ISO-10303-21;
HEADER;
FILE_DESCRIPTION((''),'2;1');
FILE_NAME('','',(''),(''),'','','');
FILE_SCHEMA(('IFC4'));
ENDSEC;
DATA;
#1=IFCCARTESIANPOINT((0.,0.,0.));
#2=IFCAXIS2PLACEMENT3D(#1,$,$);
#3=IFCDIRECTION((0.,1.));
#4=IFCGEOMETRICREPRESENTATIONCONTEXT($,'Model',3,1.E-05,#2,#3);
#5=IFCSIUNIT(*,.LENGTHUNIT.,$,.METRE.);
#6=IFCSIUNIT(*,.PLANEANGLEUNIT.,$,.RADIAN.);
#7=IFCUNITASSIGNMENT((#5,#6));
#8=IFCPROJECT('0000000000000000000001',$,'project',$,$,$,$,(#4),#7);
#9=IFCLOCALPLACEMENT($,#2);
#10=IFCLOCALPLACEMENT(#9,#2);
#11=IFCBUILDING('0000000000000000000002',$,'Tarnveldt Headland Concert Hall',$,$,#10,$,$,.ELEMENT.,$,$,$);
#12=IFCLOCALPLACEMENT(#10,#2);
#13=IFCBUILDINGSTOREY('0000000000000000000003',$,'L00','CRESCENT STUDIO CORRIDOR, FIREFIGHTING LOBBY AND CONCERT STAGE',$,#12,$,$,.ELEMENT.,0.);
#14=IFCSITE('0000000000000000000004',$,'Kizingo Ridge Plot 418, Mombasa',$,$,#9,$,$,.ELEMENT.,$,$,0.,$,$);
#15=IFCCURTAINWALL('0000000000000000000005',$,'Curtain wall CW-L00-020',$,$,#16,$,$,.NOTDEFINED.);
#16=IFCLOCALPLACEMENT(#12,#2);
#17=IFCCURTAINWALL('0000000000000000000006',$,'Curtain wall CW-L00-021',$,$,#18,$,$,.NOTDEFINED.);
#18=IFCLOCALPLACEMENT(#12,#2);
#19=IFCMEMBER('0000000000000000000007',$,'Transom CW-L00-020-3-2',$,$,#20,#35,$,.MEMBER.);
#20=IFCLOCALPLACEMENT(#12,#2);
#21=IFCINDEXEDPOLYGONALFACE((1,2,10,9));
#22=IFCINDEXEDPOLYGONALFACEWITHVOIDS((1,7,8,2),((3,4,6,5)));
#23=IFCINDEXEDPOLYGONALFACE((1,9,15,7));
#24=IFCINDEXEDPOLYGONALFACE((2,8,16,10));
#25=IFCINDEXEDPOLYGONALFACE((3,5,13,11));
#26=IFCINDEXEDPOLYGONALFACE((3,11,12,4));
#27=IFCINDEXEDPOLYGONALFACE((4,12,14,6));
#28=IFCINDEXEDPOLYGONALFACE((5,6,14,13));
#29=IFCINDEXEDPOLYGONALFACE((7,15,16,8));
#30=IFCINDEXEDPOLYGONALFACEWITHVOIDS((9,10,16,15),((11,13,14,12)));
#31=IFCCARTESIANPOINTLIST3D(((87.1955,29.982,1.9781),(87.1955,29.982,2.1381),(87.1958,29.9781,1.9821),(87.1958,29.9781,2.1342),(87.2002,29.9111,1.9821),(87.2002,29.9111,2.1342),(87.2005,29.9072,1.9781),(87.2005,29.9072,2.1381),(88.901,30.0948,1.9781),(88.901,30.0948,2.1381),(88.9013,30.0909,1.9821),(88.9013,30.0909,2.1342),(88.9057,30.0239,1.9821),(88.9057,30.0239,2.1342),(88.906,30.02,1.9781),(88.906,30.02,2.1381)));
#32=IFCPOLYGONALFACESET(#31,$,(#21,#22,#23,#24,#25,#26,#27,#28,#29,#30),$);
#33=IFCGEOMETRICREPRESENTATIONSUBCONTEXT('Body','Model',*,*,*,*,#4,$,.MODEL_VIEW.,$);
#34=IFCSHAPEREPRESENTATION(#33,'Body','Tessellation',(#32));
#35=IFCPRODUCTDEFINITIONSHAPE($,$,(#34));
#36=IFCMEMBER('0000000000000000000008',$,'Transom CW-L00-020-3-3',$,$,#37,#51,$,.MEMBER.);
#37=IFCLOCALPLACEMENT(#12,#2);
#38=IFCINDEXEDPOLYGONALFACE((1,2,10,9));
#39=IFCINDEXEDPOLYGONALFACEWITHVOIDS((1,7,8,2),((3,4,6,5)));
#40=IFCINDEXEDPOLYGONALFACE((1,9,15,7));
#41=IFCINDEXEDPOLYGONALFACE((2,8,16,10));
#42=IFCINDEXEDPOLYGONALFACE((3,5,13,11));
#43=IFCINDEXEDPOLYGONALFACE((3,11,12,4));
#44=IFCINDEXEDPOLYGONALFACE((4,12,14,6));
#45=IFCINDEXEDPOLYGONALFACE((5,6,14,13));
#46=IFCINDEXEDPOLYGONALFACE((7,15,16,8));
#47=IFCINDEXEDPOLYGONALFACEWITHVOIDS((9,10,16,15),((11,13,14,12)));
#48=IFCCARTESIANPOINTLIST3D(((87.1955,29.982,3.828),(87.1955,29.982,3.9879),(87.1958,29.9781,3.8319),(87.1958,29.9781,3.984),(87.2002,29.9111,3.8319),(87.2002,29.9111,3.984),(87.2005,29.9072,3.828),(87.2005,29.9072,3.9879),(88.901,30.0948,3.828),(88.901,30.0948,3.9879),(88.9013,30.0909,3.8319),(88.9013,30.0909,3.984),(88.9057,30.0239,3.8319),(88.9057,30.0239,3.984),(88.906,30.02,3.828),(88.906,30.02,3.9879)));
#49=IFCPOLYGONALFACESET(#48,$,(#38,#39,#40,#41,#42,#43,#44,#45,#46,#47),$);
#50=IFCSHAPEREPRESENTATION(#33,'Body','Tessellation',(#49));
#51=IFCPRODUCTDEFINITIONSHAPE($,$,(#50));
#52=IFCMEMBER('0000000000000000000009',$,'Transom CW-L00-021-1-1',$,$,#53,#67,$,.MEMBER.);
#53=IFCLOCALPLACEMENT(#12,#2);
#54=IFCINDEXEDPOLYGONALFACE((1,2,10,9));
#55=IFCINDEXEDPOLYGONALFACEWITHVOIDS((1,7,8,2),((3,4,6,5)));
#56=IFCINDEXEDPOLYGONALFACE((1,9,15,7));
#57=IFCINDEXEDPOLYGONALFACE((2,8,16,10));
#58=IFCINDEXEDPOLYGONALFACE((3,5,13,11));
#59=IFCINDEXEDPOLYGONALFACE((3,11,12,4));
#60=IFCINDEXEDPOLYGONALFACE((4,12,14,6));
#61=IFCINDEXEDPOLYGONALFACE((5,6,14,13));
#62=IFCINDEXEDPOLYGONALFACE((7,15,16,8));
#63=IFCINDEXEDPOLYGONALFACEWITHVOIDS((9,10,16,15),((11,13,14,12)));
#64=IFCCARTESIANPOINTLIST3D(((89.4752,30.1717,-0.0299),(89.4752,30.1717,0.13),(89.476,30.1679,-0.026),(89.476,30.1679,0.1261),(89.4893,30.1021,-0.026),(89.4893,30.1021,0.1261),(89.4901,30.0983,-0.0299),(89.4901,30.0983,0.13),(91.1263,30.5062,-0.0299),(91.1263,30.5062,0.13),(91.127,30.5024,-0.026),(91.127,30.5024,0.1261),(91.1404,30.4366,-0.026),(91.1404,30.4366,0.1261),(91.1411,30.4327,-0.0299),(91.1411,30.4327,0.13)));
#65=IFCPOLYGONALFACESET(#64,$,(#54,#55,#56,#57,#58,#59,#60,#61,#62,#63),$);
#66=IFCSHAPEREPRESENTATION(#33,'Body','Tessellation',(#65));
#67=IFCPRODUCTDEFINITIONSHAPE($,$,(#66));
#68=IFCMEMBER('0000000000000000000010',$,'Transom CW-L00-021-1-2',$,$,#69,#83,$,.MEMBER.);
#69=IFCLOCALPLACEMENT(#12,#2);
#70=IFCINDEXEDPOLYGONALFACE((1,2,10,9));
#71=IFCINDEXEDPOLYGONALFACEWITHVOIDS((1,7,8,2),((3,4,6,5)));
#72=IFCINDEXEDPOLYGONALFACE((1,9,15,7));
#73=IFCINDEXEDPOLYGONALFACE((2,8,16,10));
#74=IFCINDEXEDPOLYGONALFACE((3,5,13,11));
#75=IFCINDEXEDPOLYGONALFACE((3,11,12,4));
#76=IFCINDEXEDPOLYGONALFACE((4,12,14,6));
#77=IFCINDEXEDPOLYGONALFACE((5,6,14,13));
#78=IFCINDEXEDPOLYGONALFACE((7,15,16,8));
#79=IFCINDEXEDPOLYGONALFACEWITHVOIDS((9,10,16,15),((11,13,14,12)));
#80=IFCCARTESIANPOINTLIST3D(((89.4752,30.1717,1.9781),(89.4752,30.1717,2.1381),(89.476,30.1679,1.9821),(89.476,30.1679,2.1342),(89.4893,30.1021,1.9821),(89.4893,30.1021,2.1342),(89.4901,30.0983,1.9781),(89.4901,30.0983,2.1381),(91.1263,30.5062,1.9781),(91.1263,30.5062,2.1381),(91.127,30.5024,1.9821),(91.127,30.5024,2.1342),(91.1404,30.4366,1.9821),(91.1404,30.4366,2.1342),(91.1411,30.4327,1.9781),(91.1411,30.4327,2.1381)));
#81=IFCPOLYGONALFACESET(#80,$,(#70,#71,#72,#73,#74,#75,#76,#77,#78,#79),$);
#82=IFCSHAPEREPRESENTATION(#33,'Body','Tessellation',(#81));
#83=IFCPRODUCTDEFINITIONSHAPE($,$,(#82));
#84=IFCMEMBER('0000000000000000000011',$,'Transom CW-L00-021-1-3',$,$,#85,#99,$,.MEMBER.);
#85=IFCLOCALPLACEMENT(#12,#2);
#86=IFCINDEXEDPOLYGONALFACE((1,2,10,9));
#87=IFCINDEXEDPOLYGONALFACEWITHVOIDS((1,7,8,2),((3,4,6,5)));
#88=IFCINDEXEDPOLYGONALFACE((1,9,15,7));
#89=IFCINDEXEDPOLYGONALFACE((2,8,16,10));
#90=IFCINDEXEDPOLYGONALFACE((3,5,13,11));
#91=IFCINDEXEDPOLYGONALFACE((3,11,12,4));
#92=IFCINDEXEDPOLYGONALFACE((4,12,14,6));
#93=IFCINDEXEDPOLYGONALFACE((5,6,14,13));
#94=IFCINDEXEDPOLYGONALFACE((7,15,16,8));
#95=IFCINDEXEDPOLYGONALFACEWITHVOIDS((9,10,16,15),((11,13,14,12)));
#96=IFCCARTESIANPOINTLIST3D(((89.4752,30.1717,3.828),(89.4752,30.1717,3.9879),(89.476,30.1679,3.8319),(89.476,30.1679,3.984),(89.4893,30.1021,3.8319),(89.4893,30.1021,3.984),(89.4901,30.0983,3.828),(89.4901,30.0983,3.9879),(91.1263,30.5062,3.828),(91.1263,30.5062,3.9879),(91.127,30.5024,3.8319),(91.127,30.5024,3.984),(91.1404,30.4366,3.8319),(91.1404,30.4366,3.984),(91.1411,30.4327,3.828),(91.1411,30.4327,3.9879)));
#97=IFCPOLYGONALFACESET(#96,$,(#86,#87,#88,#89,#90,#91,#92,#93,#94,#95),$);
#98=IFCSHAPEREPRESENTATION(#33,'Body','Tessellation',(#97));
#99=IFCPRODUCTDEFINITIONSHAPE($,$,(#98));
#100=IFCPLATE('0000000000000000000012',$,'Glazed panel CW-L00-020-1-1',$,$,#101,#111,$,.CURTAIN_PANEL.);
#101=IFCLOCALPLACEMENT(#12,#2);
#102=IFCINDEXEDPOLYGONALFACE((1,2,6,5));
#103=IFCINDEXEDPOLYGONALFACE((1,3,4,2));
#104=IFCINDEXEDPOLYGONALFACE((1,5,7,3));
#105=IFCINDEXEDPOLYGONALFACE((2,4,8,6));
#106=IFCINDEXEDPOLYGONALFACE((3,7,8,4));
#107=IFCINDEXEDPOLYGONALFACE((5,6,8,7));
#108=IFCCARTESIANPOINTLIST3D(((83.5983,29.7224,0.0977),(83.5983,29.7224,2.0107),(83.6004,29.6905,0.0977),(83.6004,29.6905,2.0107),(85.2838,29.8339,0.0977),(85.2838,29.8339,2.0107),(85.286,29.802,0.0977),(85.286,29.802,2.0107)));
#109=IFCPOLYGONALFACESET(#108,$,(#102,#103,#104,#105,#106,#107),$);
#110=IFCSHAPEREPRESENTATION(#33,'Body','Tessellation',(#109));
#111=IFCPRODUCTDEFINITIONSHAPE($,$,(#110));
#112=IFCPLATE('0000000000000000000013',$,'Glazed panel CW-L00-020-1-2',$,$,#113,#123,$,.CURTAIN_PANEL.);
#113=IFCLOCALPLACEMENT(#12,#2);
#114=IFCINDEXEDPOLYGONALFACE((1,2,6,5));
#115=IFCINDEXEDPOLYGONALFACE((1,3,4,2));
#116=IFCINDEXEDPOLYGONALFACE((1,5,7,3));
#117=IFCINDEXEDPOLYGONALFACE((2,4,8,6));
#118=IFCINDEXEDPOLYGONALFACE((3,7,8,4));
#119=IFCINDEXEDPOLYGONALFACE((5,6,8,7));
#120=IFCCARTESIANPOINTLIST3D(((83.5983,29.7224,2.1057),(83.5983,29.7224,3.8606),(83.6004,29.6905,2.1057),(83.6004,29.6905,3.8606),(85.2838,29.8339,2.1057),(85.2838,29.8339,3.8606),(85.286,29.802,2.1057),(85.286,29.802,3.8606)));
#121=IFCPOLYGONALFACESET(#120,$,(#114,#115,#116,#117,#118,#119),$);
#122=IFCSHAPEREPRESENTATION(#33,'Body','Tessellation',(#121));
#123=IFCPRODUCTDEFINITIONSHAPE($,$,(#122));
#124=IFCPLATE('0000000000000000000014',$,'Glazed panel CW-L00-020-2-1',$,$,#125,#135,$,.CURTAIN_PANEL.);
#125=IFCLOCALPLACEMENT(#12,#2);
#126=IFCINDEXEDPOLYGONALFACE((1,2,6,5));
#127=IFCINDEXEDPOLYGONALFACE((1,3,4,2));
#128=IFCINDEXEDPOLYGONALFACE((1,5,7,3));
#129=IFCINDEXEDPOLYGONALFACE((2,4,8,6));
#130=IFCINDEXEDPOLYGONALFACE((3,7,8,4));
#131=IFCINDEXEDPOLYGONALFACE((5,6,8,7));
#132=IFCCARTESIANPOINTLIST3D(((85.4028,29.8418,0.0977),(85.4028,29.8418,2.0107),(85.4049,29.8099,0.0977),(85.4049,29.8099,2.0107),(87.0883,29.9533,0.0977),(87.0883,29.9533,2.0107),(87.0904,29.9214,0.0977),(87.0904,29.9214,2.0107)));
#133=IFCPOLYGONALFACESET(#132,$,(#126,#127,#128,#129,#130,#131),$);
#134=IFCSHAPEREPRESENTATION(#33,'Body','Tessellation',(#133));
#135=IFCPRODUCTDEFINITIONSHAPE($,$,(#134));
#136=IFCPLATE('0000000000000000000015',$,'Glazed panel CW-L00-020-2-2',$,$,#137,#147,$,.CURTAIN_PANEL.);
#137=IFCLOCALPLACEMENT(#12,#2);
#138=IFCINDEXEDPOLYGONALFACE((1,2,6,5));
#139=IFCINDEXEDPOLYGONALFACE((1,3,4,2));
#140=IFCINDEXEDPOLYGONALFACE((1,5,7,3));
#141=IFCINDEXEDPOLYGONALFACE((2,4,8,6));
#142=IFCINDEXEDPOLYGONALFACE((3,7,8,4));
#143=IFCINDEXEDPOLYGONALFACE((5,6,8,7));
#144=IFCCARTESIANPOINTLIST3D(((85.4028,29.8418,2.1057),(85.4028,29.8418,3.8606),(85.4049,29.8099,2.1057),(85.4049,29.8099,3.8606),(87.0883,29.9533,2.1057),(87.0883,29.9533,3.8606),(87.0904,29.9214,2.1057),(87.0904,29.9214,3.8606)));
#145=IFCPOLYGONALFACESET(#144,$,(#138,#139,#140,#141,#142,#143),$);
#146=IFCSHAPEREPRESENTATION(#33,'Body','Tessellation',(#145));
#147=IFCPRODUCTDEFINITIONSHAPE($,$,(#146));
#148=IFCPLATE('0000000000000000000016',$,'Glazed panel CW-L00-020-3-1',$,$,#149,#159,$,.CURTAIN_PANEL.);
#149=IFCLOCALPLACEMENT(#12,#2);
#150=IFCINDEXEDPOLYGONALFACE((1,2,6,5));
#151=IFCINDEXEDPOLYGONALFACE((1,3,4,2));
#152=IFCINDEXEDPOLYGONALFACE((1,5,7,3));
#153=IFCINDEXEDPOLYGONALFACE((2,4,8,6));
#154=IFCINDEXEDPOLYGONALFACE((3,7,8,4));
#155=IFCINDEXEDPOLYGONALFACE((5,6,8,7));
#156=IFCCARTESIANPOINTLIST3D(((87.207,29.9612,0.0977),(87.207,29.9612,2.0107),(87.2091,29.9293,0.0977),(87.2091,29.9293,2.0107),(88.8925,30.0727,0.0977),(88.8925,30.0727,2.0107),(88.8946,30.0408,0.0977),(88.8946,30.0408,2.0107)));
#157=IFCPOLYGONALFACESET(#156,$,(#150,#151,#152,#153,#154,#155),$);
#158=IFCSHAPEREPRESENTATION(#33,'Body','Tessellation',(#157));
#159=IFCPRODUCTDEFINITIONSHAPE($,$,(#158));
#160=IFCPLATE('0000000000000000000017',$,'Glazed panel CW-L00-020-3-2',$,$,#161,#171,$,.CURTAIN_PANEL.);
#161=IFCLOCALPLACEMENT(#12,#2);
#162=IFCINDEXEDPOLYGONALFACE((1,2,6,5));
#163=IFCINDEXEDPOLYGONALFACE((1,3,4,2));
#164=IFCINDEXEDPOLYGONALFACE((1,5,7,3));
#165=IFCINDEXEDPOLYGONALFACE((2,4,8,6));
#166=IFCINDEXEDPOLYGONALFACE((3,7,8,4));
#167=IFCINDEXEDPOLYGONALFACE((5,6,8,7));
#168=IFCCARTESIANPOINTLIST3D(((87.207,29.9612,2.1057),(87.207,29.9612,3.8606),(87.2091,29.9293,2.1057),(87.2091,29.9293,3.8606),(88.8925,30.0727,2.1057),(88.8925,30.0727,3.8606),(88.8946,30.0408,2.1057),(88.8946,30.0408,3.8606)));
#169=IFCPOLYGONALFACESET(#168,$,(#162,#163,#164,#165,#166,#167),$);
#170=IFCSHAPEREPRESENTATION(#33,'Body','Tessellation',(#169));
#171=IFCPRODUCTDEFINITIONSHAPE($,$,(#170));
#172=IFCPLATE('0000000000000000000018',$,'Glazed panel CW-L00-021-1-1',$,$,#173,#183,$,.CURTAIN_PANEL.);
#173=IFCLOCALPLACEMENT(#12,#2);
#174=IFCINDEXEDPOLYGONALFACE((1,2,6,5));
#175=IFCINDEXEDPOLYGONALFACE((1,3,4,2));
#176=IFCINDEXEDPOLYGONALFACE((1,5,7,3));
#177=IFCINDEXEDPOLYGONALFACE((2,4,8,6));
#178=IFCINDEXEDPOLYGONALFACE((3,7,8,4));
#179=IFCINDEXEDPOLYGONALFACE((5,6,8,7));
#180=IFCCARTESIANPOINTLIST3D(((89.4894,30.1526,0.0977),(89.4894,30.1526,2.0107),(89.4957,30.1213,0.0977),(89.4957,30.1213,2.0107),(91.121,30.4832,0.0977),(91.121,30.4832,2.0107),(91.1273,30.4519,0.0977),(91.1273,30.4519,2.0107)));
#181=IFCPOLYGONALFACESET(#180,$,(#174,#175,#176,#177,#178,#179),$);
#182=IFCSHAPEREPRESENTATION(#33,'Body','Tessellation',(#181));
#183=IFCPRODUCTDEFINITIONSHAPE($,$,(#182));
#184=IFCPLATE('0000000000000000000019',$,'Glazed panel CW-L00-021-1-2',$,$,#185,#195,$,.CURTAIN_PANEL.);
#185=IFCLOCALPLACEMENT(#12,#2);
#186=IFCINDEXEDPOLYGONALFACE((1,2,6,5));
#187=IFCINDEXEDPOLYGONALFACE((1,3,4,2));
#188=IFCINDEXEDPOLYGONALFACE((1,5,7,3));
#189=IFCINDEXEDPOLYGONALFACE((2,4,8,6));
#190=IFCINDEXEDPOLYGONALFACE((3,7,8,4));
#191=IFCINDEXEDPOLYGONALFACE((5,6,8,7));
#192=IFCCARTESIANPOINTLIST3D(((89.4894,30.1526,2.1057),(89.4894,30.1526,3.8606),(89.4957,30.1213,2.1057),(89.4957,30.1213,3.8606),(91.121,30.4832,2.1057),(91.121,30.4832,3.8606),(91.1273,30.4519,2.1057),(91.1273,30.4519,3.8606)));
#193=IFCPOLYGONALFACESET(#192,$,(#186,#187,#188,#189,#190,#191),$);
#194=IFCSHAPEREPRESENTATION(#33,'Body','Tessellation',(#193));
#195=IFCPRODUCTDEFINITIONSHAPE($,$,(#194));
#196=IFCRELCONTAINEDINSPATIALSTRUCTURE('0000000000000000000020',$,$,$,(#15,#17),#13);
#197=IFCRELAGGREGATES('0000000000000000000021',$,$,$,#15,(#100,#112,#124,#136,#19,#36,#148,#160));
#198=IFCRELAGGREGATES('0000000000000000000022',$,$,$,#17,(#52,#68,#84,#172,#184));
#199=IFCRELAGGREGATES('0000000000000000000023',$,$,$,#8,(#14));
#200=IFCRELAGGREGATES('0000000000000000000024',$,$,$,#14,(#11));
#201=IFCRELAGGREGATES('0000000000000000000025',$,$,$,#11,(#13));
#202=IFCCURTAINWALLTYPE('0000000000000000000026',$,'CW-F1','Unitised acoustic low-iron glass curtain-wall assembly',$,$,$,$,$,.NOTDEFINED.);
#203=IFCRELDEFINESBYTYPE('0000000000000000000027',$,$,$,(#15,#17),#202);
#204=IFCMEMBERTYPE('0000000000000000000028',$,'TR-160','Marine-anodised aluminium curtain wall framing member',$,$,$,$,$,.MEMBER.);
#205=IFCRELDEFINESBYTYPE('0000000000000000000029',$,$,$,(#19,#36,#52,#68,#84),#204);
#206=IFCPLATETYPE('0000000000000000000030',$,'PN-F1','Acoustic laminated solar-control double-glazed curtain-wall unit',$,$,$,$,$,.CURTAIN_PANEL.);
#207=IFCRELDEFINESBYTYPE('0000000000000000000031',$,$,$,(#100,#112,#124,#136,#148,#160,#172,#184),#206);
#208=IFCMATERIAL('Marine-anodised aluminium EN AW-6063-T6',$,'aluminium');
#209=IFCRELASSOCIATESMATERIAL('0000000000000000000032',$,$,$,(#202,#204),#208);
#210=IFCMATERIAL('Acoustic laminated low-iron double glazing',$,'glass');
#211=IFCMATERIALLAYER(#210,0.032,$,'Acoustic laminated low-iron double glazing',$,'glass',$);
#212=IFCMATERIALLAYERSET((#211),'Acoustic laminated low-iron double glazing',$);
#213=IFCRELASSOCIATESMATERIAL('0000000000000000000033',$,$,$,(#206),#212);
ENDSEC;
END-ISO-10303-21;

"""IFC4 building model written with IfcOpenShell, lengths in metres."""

from ifc_helpers import new_model, si_unit, direction, frame, origin, origin_2d, place, context, subcontext, project, spatial, rectangle, hollow_rectangle, extrude, material, layer, layer_set, material_profile, profile_set, type_object, element, aggregate, save


model = new_model("IFC4")

# Units and contexts
model_context = context("Model", 3, precision=1e-05, world=origin(), true_north=direction((0.0, 1.0)))
body_context = subcontext(model_context, "Body", "Model", "MODEL_VIEW")
ifc_project = project(units=[si_unit("LENGTHUNIT", "METRE"), si_unit("PLANEANGLEUNIT", "RADIAN")], contexts=[model_context])

# Site, building, storey
site_placement = place(None, origin())
site = spatial("IfcSite", under=ifc_project, at=site_placement, Name="Kizingo Ridge Plot 418, Mombasa", CompositionType="ELEMENT", RefElevation=0.0)
building_placement = place(site_placement, origin())
building = spatial("IfcBuilding", under=site, at=building_placement, Name="Tarnveldt Headland Concert Hall", CompositionType="ELEMENT")
storey_placement = place(building_placement, origin())
storey = spatial("IfcBuildingStorey", under=building, at=storey_placement, Name="L00", Description="CRESCENT STUDIO CORRIDOR, FIREFIGHTING LOBBY AND CONCERT STAGE", CompositionType="ELEMENT", Elevation=0.0)

# Curtain walls
ifc_material_1 = material(Name="Marine-anodised aluminium EN AW-6063-T6", Category="aluminium")
curtain_wall_type = type_object("IfcCurtainWallType", Name="CW-F1", Description="Unitised acoustic low-iron glass curtain-wall assembly", PredefinedType="NOTDEFINED", material=ifc_material_1)
curtain_wall_1_placement = place(storey_placement, origin())
curtain_wall_1 = element("IfcCurtainWall", 1, at=curtain_wall_1_placement, inside=storey, type_object=curtain_wall_type, Name="Curtain wall CW-L00-020", PredefinedType="NOTDEFINED")
curtain_wall_2_placement = place(storey_placement, origin())
curtain_wall_2 = element("IfcCurtainWall", 2, at=curtain_wall_2_placement, inside=storey, type_object=curtain_wall_type, Name="Curtain wall CW-L00-021", PredefinedType="NOTDEFINED")

# Members
ifc_material_profile_1 = material_profile(ifc_material_1, hollow_rectangle(XDim=0.075, YDim=0.1599, WallThickness=0.0039, at=origin_2d()), Name="ALU TRANSOM 75x160x4", Category="aluminium")
ifc_profile_set_1 = profile_set([ifc_material_profile_1], Name="Marine-anodised aluminium EN AW-6063-T6")
member_type_1 = type_object("IfcMemberType", Name="TR-160", Description="Marine-anodised aluminium curtain wall framing member", PredefinedType="MEMBER", material=ifc_profile_set_1)
member_1_placement = place(storey_placement, frame((87.198, 29.9446, 2.0581), z_axis=(0.99782, 0.065988, 0.0), x_axis=(-0.065988, 0.99782, 0.0)))
member_1 = element("IfcMember", 3, at=member_1_placement, type_object=member_type_1, Name="Transom CW-L00-020-3-2", PredefinedType="MEMBER", context=body_context, shape_type="SweptSolid", body=[
    extrude(hollow_rectangle(XDim=0.075, YDim=0.1599, WallThickness=0.0039, at=origin_2d()), origin(), (0.0, 0.0, 1.0), 1.7092),
])
member_2_placement = place(storey_placement, frame((87.198, 29.9446, 3.908), z_axis=(0.99782, 0.065988, 0.0), x_axis=(-0.065988, 0.99782, 0.0)))
member_2 = element("IfcMember", 4, at=member_2_placement, type_object=member_type_1, Name="Transom CW-L00-020-3-3", PredefinedType="MEMBER", context=body_context, shape_type="SweptSolid", body=[
    extrude(hollow_rectangle(XDim=0.075, YDim=0.1599, WallThickness=0.0039, at=origin_2d()), origin(), (0.0, 0.0, 1.0), 1.7092),
])
member_3_placement = place(storey_placement, frame((89.4827, 30.135, 0.05), z_axis=(0.980093, 0.19854, 0.0), x_axis=(-0.19854, 0.980093, 0.0)))
member_3 = element("IfcMember", 5, at=member_3_placement, type_object=member_type_1, Name="Transom CW-L00-021-1-1", PredefinedType="MEMBER", context=body_context, shape_type="SweptSolid", body=[
    extrude(hollow_rectangle(XDim=0.075, YDim=0.1599, WallThickness=0.0039, at=origin_2d()), origin(), (0.0, 0.0, 1.0), 1.6846),
])
member_4_placement = place(storey_placement, frame((89.4827, 30.135, 2.0581), z_axis=(0.980093, 0.19854, 0.0), x_axis=(-0.19854, 0.980093, 0.0)))
member_4 = element("IfcMember", 6, at=member_4_placement, type_object=member_type_1, Name="Transom CW-L00-021-1-2", PredefinedType="MEMBER", context=body_context, shape_type="SweptSolid", body=[
    extrude(hollow_rectangle(XDim=0.075, YDim=0.1599, WallThickness=0.0039, at=origin_2d()), origin(), (0.0, 0.0, 1.0), 1.6846),
])
member_5_placement = place(storey_placement, frame((89.4827, 30.135, 3.908), z_axis=(0.980093, 0.19854, 0.0), x_axis=(-0.19854, 0.980093, 0.0)))
member_5 = element("IfcMember", 7, at=member_5_placement, type_object=member_type_1, Name="Transom CW-L00-021-1-3", PredefinedType="MEMBER", context=body_context, shape_type="SweptSolid", body=[
    extrude(hollow_rectangle(XDim=0.075, YDim=0.1599, WallThickness=0.0039, at=origin_2d()), origin(), (0.0, 0.0, 1.0), 1.6846),
])

# Plates
ifc_material_2 = material(Name="Acoustic laminated low-iron double glazing", Category="glass")
ifc_layer_1 = layer(ifc_material_2, 0.032, Name="Acoustic laminated low-iron double glazing", Category="glass")
ifc_layer_set_1 = layer_set([ifc_layer_1], Name="Acoustic laminated low-iron double glazing")
plate_type = type_object("IfcPlateType", Name="PN-F1", Description="Acoustic laminated solar-control double-glazed curtain-wall unit", PredefinedType="CURTAIN_PANEL", material=ifc_layer_set_1)
plate_1_placement = place(storey_placement, frame((84.4421, 29.7622, 0.0977), z_axis=(0.0, 0.0, 1.0), x_axis=(0.997819, 0.066013, 0.0)))
plate_1 = element("IfcPlate", 8, at=plate_1_placement, type_object=plate_type, Name="Glazed panel CW-L00-020-1-1", PredefinedType="CURTAIN_PANEL", context=body_context, shape_type="SweptSolid", body=[
    extrude(rectangle(XDim=1.6892, YDim=0.032, at=origin_2d()), origin(), (0.0, 0.0, 1.0), 1.9131),
])
plate_2_placement = place(storey_placement, frame((84.4421, 29.7622, 2.1057), z_axis=(0.0, 0.0, 1.0), x_axis=(0.997819, 0.066013, 0.0)))
plate_2 = element("IfcPlate", 9, at=plate_2_placement, type_object=plate_type, Name="Glazed panel CW-L00-020-1-2", PredefinedType="CURTAIN_PANEL", context=body_context, shape_type="SweptSolid", body=[
    extrude(rectangle(XDim=1.6892, YDim=0.032, at=origin_2d()), origin(), (0.0, 0.0, 1.0), 1.7549),
])
plate_3_placement = place(storey_placement, frame((86.2466, 29.8816, 0.0977), z_axis=(0.0, 0.0, 1.0), x_axis=(0.997819, 0.066013, 0.0)))
plate_3 = element("IfcPlate", 10, at=plate_3_placement, type_object=plate_type, Name="Glazed panel CW-L00-020-2-1", PredefinedType="CURTAIN_PANEL", context=body_context, shape_type="SweptSolid", body=[
    extrude(rectangle(XDim=1.6892, YDim=0.032, at=origin_2d()), origin(), (0.0, 0.0, 1.0), 1.9131),
])
plate_4_placement = place(storey_placement, frame((86.2466, 29.8816, 2.1057), z_axis=(0.0, 0.0, 1.0), x_axis=(0.997819, 0.066013, 0.0)))
plate_4 = element("IfcPlate", 11, at=plate_4_placement, type_object=plate_type, Name="Glazed panel CW-L00-020-2-2", PredefinedType="CURTAIN_PANEL", context=body_context, shape_type="SweptSolid", body=[
    extrude(rectangle(XDim=1.6892, YDim=0.032, at=origin_2d()), origin(), (0.0, 0.0, 1.0), 1.7549),
])
plate_5_placement = place(storey_placement, frame((88.0508, 30.001, 0.0977), z_axis=(0.0, 0.0, 1.0), x_axis=(0.997819, 0.066013, 0.0)))
plate_5 = element("IfcPlate", 12, at=plate_5_placement, type_object=plate_type, Name="Glazed panel CW-L00-020-3-1", PredefinedType="CURTAIN_PANEL", context=body_context, shape_type="SweptSolid", body=[
    extrude(rectangle(XDim=1.6892, YDim=0.032, at=origin_2d()), origin(), (0.0, 0.0, 1.0), 1.9131),
])
plate_6_placement = place(storey_placement, frame((88.0508, 30.001, 2.1057), z_axis=(0.0, 0.0, 1.0), x_axis=(0.997819, 0.066013, 0.0)))
plate_6 = element("IfcPlate", 13, at=plate_6_placement, type_object=plate_type, Name="Glazed panel CW-L00-020-3-2", PredefinedType="CURTAIN_PANEL", context=body_context, shape_type="SweptSolid", body=[
    extrude(rectangle(XDim=1.6892, YDim=0.032, at=origin_2d()), origin(), (0.0, 0.0, 1.0), 1.7549),
])
aggregate(curtain_wall_1, [plate_1, plate_2, plate_3, plate_4, member_1, member_2, plate_5, plate_6])
plate_7_placement = place(storey_placement, frame((90.3083, 30.3022, 0.0977), z_axis=(0.0, 0.0, 1.0), x_axis=(0.980088, 0.198564, 0.0)))
plate_7 = element("IfcPlate", 14, at=plate_7_placement, type_object=plate_type, Name="Glazed panel CW-L00-021-1-1", PredefinedType="CURTAIN_PANEL", context=body_context, shape_type="SweptSolid", body=[
    extrude(rectangle(XDim=1.6648, YDim=0.032, at=origin_2d()), origin(), (0.0, 0.0, 1.0), 1.9131),
])
plate_8_placement = place(storey_placement, frame((90.3083, 30.3022, 2.1057), z_axis=(0.0, 0.0, 1.0), x_axis=(0.980088, 0.198564, 0.0)))
plate_8 = element("IfcPlate", 15, at=plate_8_placement, type_object=plate_type, Name="Glazed panel CW-L00-021-1-2", PredefinedType="CURTAIN_PANEL", context=body_context, shape_type="SweptSolid", body=[
    extrude(rectangle(XDim=1.6648, YDim=0.032, at=origin_2d()), origin(), (0.0, 0.0, 1.0), 1.7549),
])
aggregate(curtain_wall_2, [member_3, member_4, member_5, plate_7, plate_8])

save(model, "model.ifc")
